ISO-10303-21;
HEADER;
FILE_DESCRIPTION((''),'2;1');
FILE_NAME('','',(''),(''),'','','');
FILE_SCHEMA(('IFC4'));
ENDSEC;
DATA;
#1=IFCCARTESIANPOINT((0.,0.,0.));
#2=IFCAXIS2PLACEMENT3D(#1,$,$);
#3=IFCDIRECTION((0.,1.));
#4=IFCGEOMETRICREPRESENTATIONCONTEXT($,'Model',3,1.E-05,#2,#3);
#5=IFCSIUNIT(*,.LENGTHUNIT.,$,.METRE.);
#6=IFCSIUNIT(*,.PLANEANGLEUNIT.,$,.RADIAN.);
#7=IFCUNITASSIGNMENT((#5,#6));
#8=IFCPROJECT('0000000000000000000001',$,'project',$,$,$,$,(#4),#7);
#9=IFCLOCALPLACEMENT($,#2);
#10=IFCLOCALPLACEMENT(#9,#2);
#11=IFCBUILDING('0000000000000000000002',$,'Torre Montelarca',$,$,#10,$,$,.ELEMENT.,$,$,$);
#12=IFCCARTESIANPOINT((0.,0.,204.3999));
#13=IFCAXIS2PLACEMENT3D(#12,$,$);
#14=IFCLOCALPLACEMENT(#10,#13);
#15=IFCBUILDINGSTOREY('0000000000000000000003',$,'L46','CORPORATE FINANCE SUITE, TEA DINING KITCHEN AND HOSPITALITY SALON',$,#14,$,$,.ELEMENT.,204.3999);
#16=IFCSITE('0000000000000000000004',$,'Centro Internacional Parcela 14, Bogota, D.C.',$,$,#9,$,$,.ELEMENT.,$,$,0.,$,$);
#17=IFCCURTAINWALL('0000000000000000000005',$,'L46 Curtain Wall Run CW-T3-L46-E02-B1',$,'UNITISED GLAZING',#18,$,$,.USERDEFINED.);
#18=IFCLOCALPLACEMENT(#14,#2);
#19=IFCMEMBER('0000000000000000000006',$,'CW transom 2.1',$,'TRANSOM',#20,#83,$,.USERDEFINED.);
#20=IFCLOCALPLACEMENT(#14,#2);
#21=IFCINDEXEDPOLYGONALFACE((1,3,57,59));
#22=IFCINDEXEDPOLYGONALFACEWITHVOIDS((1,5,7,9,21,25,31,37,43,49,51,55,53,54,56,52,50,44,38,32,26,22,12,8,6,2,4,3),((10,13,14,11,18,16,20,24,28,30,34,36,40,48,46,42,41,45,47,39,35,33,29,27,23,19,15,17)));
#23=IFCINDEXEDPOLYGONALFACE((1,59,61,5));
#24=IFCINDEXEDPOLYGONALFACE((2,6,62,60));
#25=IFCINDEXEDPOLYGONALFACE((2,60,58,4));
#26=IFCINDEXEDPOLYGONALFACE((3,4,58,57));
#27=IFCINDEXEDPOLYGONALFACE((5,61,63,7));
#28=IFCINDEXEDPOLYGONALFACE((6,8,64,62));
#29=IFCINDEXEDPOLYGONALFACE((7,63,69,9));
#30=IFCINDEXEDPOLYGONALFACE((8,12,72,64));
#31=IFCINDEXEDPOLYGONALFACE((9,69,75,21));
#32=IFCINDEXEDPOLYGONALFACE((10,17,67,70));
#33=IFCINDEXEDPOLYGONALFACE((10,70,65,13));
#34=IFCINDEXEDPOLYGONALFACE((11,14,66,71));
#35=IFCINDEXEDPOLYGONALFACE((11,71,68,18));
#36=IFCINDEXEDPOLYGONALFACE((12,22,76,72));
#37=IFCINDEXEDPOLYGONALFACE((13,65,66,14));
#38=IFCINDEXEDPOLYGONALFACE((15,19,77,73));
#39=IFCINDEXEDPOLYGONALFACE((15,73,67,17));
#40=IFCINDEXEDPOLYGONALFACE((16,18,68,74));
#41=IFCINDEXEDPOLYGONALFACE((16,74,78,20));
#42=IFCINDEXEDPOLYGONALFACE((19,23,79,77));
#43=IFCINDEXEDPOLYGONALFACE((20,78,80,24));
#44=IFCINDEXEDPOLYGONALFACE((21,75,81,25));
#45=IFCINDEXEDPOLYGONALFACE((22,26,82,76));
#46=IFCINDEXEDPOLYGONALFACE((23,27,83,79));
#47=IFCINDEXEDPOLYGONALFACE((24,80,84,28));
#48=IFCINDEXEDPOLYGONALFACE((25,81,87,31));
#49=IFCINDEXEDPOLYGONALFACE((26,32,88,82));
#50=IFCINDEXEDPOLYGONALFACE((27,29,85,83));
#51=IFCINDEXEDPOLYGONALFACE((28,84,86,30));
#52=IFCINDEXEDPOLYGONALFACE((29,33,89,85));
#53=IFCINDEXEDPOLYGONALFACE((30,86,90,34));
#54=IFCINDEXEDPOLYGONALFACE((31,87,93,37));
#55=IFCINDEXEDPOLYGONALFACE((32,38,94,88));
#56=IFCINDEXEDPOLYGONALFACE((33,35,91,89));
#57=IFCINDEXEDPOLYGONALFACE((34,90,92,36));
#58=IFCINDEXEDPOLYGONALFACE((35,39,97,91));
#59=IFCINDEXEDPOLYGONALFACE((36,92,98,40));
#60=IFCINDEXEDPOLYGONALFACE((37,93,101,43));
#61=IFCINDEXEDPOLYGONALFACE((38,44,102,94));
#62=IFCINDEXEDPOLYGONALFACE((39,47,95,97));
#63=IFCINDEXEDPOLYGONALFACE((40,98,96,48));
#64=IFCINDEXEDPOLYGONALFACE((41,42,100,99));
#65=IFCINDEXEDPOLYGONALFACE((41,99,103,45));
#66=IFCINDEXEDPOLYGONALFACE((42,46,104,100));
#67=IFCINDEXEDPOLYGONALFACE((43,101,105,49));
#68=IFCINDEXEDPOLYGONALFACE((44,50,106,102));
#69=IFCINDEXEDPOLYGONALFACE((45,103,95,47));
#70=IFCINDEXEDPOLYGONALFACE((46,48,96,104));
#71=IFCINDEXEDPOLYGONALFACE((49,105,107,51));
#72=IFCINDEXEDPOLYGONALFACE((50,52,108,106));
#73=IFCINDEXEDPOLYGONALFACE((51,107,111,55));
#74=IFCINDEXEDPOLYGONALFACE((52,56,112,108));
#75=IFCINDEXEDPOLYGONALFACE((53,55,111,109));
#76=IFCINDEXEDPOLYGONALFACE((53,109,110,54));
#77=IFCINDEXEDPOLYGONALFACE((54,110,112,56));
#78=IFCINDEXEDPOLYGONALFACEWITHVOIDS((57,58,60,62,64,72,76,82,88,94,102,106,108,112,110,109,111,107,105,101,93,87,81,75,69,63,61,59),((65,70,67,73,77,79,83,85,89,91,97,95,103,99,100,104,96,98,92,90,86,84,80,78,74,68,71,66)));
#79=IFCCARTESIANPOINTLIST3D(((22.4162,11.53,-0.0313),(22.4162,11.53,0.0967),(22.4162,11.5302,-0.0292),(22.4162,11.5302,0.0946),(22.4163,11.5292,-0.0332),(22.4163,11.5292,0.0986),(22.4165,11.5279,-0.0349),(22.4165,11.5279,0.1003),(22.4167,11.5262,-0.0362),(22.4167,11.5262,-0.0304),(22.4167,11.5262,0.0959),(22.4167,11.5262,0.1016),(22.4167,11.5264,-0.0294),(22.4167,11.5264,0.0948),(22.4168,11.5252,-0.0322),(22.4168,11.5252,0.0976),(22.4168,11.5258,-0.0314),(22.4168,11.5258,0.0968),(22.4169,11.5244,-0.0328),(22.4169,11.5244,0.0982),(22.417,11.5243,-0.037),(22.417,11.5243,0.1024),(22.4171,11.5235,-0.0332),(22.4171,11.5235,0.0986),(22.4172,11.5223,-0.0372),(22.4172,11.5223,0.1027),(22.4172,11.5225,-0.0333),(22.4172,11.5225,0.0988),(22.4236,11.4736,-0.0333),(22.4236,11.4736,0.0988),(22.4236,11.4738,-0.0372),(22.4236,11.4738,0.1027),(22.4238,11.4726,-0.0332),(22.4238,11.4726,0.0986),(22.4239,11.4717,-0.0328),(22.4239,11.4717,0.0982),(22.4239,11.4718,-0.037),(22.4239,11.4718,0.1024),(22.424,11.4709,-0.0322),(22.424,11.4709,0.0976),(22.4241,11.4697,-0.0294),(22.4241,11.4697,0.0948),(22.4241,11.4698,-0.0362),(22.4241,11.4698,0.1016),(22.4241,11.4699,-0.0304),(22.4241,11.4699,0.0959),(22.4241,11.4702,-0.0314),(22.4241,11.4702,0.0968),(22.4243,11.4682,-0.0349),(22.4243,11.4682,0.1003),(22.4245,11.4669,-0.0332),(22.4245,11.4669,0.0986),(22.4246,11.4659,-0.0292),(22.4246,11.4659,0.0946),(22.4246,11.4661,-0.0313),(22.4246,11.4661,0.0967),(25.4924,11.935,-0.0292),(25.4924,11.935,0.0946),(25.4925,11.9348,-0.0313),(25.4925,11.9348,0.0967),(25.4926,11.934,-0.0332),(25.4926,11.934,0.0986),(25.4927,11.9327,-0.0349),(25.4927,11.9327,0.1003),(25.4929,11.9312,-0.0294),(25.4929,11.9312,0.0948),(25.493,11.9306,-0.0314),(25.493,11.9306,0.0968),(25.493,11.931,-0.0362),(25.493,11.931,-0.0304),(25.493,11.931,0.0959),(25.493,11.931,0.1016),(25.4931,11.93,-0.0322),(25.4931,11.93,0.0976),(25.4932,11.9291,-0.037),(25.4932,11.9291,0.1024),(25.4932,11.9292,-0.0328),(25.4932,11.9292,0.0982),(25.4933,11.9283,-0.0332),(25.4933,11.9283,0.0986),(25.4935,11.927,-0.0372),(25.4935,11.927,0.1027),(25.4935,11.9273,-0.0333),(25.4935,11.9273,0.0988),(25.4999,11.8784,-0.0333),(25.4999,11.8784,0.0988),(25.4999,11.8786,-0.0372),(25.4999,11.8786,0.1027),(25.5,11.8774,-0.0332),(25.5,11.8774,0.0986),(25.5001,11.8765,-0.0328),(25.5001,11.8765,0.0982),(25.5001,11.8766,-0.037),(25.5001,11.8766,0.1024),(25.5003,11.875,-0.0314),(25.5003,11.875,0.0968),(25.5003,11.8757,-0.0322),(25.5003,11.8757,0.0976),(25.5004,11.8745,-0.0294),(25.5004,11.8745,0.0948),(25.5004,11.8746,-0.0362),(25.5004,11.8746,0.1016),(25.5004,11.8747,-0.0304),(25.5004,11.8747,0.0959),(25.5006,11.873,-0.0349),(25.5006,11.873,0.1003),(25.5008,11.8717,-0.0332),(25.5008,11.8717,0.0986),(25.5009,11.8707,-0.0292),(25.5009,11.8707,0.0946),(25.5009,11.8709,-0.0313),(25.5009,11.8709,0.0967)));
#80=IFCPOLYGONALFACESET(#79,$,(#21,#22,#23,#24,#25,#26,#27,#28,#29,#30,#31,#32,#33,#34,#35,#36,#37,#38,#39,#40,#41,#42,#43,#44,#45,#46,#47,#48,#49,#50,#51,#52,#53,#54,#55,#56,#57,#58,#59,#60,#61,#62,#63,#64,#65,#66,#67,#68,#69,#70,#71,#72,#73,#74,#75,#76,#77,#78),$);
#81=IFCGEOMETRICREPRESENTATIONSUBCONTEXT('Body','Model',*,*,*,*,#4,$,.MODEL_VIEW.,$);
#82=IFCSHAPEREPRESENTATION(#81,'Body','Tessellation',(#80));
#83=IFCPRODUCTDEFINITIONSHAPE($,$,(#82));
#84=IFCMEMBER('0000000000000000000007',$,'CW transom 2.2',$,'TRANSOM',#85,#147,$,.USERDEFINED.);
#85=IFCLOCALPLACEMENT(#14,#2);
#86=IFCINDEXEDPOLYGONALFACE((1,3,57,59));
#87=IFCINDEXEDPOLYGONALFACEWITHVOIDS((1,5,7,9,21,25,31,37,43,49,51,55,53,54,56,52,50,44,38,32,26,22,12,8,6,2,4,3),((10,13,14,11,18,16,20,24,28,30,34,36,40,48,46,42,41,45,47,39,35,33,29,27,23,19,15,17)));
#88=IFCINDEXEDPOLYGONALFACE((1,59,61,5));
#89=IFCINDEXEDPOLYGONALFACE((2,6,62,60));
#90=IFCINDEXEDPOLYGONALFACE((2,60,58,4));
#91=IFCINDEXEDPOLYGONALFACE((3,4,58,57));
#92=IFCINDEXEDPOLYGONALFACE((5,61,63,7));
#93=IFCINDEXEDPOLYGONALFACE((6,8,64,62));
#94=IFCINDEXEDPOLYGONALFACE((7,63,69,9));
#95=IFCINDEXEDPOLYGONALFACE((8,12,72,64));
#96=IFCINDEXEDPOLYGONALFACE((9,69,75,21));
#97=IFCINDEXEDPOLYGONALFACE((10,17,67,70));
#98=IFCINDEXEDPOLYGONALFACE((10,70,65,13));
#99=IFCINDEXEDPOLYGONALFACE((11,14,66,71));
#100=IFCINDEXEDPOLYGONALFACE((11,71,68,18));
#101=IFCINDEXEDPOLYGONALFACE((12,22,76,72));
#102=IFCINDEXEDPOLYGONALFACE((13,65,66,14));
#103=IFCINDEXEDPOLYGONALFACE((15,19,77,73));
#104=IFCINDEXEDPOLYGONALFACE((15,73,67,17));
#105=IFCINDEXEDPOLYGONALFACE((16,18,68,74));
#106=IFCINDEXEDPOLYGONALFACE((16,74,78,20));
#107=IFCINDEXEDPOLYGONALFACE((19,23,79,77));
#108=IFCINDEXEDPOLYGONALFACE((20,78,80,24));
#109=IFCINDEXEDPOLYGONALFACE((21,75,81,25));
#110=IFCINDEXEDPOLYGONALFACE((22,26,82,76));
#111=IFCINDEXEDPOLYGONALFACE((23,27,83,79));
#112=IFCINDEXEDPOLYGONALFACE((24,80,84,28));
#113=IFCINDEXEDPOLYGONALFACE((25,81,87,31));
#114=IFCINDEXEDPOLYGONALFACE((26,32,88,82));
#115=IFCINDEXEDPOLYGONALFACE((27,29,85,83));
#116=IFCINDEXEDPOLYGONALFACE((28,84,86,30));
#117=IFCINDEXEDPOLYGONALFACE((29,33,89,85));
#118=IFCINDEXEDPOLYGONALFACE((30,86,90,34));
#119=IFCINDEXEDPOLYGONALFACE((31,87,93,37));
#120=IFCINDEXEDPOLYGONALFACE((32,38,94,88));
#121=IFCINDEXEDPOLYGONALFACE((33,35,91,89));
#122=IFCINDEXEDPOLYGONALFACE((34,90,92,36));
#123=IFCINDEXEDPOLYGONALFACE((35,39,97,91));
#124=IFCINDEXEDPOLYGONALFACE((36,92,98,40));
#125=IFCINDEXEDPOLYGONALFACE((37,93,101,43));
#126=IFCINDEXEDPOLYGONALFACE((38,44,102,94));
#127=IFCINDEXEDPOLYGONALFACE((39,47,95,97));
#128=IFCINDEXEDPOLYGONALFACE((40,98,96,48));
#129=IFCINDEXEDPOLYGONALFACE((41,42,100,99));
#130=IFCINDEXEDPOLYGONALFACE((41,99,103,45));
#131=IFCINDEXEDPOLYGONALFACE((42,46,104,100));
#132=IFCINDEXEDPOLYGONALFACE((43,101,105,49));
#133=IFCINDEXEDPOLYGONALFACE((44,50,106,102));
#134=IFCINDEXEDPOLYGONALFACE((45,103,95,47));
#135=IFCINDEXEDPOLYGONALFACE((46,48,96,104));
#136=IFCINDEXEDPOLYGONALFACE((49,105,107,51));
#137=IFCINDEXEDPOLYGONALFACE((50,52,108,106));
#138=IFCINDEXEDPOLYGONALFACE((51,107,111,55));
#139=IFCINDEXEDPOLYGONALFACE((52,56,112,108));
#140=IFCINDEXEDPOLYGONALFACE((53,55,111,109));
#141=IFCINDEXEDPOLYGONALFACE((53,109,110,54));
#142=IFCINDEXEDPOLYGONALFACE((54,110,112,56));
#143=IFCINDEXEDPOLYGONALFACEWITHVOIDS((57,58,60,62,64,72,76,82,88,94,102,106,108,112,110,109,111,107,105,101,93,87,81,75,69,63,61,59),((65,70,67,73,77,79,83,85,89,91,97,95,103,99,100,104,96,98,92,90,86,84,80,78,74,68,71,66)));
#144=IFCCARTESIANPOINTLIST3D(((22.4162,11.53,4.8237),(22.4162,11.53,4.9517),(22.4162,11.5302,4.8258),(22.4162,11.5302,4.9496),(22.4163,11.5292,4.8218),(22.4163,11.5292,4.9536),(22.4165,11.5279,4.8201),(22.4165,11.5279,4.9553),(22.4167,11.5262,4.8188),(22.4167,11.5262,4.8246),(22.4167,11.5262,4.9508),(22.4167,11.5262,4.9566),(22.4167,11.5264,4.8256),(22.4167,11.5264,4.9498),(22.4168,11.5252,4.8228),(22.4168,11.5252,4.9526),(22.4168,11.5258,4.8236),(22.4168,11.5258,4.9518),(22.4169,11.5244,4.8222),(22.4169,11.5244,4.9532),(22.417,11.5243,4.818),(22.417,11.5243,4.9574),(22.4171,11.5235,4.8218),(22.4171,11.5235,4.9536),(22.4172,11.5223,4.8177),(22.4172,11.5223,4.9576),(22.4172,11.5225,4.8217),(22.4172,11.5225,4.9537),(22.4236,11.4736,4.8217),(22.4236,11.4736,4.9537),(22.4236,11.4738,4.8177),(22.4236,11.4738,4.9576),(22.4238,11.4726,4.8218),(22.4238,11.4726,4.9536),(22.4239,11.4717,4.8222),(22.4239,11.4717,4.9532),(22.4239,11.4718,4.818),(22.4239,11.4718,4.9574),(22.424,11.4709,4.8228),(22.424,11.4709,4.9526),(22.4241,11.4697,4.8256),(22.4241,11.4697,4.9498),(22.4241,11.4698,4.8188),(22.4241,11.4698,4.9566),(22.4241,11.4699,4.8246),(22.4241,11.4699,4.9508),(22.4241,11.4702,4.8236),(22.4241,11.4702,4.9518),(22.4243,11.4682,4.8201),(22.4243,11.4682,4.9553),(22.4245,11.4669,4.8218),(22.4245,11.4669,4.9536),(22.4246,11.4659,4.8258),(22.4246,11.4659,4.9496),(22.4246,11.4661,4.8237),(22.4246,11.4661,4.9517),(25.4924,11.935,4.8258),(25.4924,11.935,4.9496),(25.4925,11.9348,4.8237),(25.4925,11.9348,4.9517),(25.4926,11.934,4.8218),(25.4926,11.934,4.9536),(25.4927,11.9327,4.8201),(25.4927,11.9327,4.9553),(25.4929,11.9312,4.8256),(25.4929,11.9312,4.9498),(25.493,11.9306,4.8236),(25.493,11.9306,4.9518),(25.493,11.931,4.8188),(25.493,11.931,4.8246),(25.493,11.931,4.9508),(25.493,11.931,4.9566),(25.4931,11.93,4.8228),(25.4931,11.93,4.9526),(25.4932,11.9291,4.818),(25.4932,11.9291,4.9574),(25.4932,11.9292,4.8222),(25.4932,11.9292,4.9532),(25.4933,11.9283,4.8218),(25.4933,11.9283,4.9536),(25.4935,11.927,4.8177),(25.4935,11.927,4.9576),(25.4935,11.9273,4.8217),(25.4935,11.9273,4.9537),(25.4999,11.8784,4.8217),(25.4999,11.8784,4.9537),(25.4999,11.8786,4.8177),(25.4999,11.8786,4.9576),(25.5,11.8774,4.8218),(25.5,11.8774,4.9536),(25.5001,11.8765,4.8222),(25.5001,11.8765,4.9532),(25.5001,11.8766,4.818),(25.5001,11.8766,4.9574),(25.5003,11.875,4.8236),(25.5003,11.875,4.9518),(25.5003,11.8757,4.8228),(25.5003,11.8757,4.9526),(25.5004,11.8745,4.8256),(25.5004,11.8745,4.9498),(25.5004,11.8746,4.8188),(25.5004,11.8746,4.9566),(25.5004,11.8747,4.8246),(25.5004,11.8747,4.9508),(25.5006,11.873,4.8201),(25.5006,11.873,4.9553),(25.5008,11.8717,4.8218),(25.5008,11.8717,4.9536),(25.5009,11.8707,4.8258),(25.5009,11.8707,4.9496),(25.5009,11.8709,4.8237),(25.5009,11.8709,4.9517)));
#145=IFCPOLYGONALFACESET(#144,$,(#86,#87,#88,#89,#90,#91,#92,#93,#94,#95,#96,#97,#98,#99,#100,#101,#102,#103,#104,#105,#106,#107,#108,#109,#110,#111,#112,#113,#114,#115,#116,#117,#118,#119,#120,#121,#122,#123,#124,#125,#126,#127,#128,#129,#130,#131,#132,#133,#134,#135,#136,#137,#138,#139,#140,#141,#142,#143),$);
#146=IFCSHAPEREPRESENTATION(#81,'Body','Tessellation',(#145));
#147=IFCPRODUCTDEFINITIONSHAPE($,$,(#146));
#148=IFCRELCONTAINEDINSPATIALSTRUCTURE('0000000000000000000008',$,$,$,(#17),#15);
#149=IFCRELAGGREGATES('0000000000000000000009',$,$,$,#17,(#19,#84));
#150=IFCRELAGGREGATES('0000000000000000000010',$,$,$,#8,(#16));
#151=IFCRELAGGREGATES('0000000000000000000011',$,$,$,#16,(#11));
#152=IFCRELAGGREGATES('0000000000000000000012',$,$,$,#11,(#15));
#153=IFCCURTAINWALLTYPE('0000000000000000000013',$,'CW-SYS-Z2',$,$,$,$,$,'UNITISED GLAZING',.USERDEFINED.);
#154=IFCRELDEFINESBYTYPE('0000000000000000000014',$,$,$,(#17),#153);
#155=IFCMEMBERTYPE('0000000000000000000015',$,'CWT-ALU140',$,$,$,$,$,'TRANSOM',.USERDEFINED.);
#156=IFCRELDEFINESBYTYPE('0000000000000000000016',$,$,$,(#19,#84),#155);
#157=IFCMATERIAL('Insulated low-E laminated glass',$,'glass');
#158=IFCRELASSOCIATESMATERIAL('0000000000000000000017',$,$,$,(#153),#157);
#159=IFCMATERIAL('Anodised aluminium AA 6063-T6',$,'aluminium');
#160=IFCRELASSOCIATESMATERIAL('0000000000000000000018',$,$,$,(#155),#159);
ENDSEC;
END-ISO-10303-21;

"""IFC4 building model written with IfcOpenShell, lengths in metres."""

from ifc_helpers import new_model, si_unit, direction, frame, origin, origin_2d, place, context, subcontext, project, spatial, hollow_rectangle, extrude, source, transform, mapped, material, material_profile, profile_set, type_object, element, aggregate, save


model = new_model("IFC4")

# Units and contexts
model_context = context("Model", 3, precision=1e-05, world=origin(), true_north=direction((0.0, 1.0)))
body_context = subcontext(model_context, "Body", "Model", "MODEL_VIEW")
ifc_project = project(units=[si_unit("LENGTHUNIT", "METRE"), si_unit("PLANEANGLEUNIT", "RADIAN")], contexts=[model_context])

# Site, building, storey
site_placement = place(None, origin())
site = spatial("IfcSite", under=ifc_project, at=site_placement, Name="Centro Internacional Parcela 14, Bogota, D.C.", CompositionType="ELEMENT", RefElevation=0.0)
building_placement = place(site_placement, origin())
building = spatial("IfcBuilding", under=site, at=building_placement, Name="Torre Montelarca", CompositionType="ELEMENT")
storey_placement = place(building_placement, frame((0.0, 0.0, 204.3999)))
storey = spatial("IfcBuildingStorey", under=building, at=storey_placement, Name="L46", Description="CORPORATE FINANCE SUITE, TEA DINING KITCHEN AND HOSPITALITY SALON", CompositionType="ELEMENT", Elevation=204.3999)

# Curtain wall, members
ifc_material_1 = material(Name="Insulated low-E laminated glass", Category="glass")
curtain_wall_type = type_object("IfcCurtainWallType", Name="CW-SYS-Z2", ElementType="UNITISED GLAZING", PredefinedType="USERDEFINED", material=ifc_material_1)
ifc_material_2 = material(Name="Anodised aluminium AA 6063-T6", Category="aluminium")
ifc_material_profile_1 = material_profile(ifc_material_2, hollow_rectangle(XDim=0.0649, YDim=0.1399, WallThickness=0.0039, InnerFilletRadius=0.0039, OuterFilletRadius=0.0081, at=origin_2d()), Name="ALU65X140X4", Category="aluminium")
ifc_profile_set_1 = profile_set([ifc_material_profile_1], Name="Anodised aluminium AA 6063-T6")
member_type_1 = type_object("IfcMemberType", Name="CWT-ALU140", ElementType="TRANSOM", PredefinedType="USERDEFINED", material=ifc_profile_set_1)
curtain_wall_1_placement = place(storey_placement, origin())
curtain_wall_1 = element("IfcCurtainWall", 1, at=curtain_wall_1_placement, inside=storey, type_object=curtain_wall_type, Name="L46 Curtain Wall Run CW-T3-L46-E02-B1", ObjectType="UNITISED GLAZING", PredefinedType="USERDEFINED")
shared_shape_1 = source(origin(), body_context, "Body", "SweptSolid", [
    extrude(hollow_rectangle(XDim=0.0649, YDim=0.1399, WallThickness=0.0039, InnerFilletRadius=0.0039, OuterFilletRadius=0.0081, at=origin_2d()), origin(), (0.0, 0.0, 1.0), 3.1028),
])
member_1_placement = place(storey_placement, frame((22.4204, 11.498, 0.0327), z_axis=(0.991453, 0.130463, 0.0), x_axis=(-0.130463, 0.991453, 0.0)))
member_1 = element("IfcMember", 2, at=member_1_placement, type_object=member_type_1, Name="CW transom 2.1", ObjectType="TRANSOM", PredefinedType="USERDEFINED", context=body_context, shape_type="MappedRepresentation", body=[
    mapped(shared_shape_1, transform((0.0, 0.0, 0.0), scale=1.0)),
])
member_2_placement = place(storey_placement, frame((22.4204, 11.498, 4.8877), z_axis=(0.991453, 0.130463, 0.0), x_axis=(-0.130463, 0.991453, 0.0)))
member_2 = element("IfcMember", 3, at=member_2_placement, type_object=member_type_1, Name="CW transom 2.2", ObjectType="TRANSOM", PredefinedType="USERDEFINED", context=body_context, shape_type="MappedRepresentation", body=[
    mapped(shared_shape_1, transform((0.0, 0.0, 0.0), scale=1.0)),
])

aggregate(curtain_wall_1, [member_1, member_2])

save(model, "model.ifc")
